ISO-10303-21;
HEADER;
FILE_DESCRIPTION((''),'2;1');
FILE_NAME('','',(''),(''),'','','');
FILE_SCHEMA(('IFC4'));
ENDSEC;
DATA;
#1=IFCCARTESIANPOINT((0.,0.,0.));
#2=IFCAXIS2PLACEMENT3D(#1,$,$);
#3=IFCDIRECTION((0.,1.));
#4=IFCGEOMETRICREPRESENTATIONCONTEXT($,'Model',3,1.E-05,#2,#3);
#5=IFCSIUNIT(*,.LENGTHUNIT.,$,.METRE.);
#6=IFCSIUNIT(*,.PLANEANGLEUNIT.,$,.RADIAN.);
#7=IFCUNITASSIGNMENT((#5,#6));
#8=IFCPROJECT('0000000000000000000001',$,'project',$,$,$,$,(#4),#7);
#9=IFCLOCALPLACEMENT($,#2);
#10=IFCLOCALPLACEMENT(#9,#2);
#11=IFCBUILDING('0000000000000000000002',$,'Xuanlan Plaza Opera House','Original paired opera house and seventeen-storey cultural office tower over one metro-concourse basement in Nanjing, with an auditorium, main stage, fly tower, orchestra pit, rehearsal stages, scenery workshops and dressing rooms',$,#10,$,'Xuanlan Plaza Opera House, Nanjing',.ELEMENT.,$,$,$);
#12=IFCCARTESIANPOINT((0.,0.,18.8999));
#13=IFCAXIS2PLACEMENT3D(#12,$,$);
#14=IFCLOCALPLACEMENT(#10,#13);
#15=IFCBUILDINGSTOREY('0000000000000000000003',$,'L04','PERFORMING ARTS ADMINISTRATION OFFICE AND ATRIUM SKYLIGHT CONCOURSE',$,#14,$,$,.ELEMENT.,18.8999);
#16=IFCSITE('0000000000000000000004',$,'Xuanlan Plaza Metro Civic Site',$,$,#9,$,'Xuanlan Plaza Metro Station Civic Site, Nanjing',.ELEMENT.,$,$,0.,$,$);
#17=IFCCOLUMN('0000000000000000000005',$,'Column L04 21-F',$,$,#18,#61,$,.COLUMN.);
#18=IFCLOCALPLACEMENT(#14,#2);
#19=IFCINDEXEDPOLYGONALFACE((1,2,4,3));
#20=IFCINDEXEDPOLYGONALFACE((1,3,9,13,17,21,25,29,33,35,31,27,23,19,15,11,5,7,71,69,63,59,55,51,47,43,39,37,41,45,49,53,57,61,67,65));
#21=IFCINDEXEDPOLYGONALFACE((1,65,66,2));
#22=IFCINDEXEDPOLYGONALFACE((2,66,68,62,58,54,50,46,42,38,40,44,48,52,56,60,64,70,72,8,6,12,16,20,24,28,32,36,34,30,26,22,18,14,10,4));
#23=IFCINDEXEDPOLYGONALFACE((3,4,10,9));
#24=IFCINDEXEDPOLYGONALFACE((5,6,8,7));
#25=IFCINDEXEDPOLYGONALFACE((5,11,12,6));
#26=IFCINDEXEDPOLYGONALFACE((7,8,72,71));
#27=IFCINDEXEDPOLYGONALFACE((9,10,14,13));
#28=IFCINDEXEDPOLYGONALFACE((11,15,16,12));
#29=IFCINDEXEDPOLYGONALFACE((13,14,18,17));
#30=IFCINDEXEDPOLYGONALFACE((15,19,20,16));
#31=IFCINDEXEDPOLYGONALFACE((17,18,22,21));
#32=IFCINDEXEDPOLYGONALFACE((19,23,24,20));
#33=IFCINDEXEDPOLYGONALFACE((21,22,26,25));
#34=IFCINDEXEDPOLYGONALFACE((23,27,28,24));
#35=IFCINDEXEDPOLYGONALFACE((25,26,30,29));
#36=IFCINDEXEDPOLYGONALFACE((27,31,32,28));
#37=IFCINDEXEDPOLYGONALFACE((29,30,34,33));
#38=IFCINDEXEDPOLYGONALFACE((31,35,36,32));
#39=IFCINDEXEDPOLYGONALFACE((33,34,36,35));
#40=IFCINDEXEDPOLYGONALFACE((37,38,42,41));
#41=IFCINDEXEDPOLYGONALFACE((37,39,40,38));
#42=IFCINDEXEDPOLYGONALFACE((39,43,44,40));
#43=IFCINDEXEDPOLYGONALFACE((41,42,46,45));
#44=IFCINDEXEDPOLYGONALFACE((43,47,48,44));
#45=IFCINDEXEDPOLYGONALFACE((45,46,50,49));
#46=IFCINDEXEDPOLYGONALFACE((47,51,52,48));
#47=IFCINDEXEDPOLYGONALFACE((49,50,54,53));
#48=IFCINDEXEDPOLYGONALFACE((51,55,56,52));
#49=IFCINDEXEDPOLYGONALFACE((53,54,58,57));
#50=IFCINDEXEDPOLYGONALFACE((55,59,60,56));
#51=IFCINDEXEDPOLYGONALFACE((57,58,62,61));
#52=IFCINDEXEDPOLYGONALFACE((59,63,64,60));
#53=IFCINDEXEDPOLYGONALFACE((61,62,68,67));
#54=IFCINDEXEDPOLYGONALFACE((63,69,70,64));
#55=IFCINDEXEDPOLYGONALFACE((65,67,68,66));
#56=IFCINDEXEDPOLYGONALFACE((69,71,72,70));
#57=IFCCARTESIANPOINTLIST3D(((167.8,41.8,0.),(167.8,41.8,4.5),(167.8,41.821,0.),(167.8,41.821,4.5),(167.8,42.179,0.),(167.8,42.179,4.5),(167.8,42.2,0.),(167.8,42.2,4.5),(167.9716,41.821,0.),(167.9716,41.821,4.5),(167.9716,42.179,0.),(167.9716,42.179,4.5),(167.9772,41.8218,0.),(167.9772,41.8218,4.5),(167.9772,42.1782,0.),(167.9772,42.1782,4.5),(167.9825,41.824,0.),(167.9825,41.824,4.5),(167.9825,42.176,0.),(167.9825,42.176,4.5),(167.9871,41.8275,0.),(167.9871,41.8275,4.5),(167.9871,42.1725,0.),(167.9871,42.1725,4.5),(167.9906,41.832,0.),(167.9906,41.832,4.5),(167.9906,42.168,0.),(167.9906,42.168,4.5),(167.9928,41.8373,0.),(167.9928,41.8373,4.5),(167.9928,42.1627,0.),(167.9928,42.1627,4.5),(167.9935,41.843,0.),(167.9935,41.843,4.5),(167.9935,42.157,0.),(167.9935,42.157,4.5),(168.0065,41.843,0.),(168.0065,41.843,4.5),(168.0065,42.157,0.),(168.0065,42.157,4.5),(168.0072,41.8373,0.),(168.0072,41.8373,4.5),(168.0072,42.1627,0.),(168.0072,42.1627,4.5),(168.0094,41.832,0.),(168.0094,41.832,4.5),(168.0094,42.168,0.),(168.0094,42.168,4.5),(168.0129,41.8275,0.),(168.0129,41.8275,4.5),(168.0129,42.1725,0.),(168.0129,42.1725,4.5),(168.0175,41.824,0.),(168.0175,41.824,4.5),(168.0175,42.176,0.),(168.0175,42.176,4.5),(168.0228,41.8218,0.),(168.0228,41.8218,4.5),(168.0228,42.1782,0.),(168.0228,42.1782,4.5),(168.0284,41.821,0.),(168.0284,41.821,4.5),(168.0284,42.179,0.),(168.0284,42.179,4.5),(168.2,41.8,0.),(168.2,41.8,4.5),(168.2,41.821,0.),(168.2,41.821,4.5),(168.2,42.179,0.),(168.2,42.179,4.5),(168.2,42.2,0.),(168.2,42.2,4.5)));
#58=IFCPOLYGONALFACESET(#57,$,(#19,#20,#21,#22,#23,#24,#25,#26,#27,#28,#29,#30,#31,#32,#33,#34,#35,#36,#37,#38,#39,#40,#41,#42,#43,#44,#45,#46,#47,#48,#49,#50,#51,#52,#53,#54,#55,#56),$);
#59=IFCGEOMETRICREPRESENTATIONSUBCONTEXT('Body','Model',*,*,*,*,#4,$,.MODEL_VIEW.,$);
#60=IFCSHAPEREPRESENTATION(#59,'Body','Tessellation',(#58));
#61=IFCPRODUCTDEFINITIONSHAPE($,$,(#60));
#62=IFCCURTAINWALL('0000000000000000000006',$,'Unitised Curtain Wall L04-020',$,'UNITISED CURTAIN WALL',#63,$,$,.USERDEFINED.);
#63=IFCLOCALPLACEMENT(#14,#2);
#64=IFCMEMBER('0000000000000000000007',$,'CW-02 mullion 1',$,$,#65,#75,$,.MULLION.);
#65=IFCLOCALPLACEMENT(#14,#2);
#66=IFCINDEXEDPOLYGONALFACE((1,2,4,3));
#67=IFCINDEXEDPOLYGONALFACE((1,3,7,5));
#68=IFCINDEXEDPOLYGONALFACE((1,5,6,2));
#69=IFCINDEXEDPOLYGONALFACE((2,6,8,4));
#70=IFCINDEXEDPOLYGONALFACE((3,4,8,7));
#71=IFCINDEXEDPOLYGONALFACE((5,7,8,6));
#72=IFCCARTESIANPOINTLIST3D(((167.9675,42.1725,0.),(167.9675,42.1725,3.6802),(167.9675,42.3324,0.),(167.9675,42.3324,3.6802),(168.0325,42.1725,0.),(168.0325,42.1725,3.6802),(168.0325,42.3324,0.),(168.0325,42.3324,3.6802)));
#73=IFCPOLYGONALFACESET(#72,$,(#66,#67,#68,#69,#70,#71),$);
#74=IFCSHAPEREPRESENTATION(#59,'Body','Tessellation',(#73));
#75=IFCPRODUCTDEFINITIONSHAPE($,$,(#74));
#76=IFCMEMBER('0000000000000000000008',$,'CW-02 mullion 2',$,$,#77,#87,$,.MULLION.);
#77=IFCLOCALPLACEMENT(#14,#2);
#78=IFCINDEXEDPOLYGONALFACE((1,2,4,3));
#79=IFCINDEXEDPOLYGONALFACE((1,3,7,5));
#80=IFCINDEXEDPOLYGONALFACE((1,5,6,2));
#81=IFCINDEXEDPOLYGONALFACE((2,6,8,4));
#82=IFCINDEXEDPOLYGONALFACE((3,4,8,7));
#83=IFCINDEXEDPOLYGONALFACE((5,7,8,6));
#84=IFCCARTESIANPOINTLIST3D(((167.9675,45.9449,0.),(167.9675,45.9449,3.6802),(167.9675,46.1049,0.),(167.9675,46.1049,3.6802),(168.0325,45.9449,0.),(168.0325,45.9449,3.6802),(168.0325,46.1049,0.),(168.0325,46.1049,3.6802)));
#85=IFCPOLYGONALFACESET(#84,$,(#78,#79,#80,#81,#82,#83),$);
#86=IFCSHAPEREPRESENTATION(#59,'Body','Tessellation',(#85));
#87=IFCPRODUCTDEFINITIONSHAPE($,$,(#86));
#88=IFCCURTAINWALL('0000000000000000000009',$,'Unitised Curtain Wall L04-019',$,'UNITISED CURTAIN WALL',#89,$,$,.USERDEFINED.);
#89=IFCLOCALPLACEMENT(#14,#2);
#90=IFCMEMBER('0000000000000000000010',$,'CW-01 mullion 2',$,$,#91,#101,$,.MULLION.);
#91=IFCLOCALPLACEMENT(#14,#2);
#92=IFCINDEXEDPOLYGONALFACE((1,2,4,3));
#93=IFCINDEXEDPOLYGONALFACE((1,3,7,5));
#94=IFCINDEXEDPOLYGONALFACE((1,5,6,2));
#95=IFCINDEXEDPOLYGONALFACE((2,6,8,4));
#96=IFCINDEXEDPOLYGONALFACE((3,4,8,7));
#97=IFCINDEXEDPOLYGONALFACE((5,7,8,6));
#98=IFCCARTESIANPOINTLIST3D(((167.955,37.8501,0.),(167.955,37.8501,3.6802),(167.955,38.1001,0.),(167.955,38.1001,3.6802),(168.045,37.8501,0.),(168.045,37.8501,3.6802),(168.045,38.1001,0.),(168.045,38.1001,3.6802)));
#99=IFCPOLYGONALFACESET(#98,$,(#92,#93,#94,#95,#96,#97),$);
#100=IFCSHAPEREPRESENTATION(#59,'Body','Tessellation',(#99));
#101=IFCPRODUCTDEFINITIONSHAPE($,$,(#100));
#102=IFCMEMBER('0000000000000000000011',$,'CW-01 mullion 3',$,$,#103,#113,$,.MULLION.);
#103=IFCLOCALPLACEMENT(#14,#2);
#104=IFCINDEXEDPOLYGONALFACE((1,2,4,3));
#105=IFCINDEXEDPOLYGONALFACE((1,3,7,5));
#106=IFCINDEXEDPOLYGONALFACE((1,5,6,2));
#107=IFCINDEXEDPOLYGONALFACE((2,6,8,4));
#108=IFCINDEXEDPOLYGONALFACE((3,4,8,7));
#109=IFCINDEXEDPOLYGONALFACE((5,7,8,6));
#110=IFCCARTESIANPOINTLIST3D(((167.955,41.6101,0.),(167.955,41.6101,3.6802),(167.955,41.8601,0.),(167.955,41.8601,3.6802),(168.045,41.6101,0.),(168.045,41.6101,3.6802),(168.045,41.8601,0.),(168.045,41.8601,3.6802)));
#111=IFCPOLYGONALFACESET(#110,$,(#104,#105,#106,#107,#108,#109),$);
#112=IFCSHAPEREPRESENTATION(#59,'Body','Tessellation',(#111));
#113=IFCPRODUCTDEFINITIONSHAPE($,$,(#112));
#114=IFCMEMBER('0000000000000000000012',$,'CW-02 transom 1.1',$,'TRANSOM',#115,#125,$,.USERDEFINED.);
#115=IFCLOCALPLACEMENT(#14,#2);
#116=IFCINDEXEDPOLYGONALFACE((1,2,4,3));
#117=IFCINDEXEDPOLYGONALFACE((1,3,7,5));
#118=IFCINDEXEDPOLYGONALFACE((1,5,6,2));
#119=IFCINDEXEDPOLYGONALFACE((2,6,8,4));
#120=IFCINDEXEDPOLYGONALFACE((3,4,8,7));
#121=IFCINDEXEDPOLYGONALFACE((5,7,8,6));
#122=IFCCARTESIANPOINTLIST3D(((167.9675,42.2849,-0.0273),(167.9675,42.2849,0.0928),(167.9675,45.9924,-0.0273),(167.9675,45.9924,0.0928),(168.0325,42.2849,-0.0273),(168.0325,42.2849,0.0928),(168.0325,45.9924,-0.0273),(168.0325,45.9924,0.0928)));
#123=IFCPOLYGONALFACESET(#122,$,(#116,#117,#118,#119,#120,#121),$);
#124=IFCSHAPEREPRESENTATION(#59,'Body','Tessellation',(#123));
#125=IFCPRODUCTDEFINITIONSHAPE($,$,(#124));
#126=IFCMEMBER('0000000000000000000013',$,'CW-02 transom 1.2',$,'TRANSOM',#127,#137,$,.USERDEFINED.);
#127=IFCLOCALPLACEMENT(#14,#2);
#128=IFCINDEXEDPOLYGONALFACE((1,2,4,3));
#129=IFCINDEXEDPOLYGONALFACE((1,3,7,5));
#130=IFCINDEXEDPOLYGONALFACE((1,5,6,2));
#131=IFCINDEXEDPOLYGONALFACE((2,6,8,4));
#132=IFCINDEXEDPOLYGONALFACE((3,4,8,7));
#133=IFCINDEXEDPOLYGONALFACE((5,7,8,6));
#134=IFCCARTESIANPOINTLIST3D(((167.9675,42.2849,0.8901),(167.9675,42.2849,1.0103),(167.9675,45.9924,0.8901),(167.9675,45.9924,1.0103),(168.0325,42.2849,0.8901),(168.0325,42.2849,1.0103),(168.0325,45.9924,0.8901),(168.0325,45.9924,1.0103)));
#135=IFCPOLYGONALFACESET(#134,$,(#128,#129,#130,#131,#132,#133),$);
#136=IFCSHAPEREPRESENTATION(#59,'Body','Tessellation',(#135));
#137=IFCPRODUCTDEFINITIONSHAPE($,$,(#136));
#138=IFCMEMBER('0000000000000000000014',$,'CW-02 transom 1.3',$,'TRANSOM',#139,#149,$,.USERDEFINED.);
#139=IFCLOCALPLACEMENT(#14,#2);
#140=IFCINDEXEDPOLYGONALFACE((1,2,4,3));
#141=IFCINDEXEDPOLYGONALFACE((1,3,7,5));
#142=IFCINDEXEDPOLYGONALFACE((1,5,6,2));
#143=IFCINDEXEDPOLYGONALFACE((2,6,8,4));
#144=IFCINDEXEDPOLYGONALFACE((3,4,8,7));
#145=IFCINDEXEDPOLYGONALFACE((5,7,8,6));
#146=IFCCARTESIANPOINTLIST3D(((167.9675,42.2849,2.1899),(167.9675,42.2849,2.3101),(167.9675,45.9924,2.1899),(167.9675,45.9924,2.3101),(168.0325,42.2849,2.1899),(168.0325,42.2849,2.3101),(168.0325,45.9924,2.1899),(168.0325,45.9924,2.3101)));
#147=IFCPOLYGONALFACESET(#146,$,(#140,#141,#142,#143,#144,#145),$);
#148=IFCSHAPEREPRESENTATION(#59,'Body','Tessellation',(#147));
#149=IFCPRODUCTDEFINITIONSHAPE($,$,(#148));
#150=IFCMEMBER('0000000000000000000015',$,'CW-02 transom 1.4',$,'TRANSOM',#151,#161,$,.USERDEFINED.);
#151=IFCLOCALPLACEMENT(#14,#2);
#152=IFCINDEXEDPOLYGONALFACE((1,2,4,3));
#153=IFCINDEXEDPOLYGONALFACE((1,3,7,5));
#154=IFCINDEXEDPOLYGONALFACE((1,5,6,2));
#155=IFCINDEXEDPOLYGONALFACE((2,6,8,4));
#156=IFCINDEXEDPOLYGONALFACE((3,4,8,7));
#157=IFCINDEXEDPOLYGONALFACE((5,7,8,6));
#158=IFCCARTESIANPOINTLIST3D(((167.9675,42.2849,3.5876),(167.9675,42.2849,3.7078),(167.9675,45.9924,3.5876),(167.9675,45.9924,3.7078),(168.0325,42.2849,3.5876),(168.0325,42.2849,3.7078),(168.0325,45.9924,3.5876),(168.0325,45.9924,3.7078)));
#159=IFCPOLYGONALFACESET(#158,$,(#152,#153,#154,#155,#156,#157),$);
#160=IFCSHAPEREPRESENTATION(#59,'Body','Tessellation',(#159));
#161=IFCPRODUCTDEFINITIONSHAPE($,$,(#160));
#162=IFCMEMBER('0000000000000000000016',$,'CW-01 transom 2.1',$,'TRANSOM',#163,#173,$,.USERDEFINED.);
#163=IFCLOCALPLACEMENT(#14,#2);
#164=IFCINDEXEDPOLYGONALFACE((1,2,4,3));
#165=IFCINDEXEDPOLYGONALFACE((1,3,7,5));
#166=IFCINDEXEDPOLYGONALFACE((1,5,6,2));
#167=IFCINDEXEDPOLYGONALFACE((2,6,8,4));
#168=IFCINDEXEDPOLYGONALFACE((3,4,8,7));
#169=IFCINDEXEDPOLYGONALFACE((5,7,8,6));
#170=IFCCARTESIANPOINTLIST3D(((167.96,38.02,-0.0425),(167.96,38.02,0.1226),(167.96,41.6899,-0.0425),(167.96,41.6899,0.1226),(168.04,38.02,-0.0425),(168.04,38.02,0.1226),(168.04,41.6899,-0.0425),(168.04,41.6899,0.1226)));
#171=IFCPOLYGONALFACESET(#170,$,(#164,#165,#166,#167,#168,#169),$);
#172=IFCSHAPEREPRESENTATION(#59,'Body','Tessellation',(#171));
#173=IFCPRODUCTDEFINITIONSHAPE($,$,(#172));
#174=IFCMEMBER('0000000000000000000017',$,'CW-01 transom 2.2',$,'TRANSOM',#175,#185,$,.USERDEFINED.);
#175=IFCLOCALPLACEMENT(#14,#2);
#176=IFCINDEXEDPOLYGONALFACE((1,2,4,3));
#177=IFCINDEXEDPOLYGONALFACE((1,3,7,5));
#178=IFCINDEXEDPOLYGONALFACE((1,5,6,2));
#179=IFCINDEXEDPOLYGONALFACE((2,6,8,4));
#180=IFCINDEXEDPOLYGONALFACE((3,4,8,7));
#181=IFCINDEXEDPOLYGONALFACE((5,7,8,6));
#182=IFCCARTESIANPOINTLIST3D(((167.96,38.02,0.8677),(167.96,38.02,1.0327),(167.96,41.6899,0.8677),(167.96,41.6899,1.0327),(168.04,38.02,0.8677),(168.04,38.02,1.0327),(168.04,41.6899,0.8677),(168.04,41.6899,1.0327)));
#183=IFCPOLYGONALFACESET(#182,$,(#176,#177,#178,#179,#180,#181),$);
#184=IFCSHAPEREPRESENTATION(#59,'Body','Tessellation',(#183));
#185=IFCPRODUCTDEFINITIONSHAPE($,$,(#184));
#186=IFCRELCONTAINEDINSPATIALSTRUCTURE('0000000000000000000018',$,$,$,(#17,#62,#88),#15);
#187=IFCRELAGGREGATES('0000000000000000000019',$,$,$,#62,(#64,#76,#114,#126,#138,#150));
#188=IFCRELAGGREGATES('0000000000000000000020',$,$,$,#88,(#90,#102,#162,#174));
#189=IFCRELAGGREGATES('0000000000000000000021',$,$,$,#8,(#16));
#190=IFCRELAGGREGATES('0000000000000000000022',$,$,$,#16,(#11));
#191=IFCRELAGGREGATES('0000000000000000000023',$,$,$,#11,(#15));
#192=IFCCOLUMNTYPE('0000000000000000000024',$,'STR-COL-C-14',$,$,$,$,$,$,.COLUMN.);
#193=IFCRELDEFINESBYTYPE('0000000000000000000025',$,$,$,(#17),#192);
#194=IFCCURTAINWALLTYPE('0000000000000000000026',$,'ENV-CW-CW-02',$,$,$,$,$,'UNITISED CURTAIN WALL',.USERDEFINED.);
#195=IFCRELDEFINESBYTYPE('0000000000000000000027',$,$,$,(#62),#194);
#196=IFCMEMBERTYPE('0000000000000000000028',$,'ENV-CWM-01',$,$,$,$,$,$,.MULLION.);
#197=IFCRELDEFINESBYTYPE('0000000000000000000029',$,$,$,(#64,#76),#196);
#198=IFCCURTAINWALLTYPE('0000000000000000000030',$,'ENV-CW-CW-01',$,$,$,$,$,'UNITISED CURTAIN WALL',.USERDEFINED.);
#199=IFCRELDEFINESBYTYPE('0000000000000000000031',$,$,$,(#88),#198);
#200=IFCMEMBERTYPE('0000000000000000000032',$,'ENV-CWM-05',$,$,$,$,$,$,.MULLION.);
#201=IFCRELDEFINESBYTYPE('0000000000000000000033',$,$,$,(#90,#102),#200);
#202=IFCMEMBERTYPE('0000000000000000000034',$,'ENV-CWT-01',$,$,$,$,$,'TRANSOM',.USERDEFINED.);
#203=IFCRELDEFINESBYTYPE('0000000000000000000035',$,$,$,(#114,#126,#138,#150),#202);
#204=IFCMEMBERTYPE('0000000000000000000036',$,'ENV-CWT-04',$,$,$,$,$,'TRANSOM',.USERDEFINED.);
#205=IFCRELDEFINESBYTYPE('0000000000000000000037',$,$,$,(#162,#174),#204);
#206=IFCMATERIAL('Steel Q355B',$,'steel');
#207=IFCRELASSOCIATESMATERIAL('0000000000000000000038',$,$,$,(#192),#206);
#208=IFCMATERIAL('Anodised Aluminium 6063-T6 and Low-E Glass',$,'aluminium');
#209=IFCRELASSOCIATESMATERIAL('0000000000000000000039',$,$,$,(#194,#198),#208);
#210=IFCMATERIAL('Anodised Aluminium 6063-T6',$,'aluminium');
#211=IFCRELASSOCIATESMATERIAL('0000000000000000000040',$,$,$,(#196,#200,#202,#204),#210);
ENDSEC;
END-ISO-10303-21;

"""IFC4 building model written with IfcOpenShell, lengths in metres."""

from ifc_helpers import new_model, si_unit, direction, frame, origin, origin_2d, place, context, subcontext, project, spatial, rectangle, i_section, extrude, material, material_profile, profile_set, type_object, element, aggregate, save


model = new_model("IFC4")

# Units and contexts
model_context = context("Model", 3, precision=1e-05, world=origin(), true_north=direction((0.0, 1.0)))
body_context = subcontext(model_context, "Body", "Model", "MODEL_VIEW")
ifc_project = project(units=[si_unit("LENGTHUNIT", "METRE"), si_unit("PLANEANGLEUNIT", "RADIAN")], contexts=[model_context])

# Site, building, storey
site_placement = place(None, origin())
site = spatial("IfcSite", under=ifc_project, at=site_placement, Name="Xuanlan Plaza Metro Civic Site", LongName="Xuanlan Plaza Metro Station Civic Site, Nanjing", CompositionType="ELEMENT", RefElevation=0.0)
building_placement = place(site_placement, origin())
building = spatial("IfcBuilding", under=site, at=building_placement, Name="Xuanlan Plaza Opera House", Description="Original paired opera house and seventeen-storey cultural office tower over one metro-concourse basement in Nanjing, with an auditorium, main stage, fly tower, orchestra pit, rehearsal stages, scenery workshops and dressing rooms", LongName="Xuanlan Plaza Opera House, Nanjing", CompositionType="ELEMENT")
storey_placement = place(building_placement, frame((0.0, 0.0, 18.8999)))
storey = spatial("IfcBuildingStorey", under=building, at=storey_placement, Name="L04", Description="PERFORMING ARTS ADMINISTRATION OFFICE AND ATRIUM SKYLIGHT CONCOURSE", CompositionType="ELEMENT", Elevation=18.8999)

# Column
ifc_material_1 = material(Name="Steel Q355B", Category="steel")
ifc_material_profile_1 = material_profile(ifc_material_1, i_section(OverallWidth=0.3999, OverallDepth=0.3999, WebThickness=0.0129, FlangeThickness=0.021, FilletRadius=0.022, at=origin_2d()), Name="HW 400x400x13x21")
ifc_profile_set_1 = profile_set([ifc_material_profile_1], Name="Steel Q355B")
column_type = type_object("IfcColumnType", Name="STR-COL-C-14", PredefinedType="COLUMN", material=ifc_profile_set_1)
column_placement = place(storey_placement, frame((168.0, 42.0, 0.0), z_axis=(0.0, 0.0, 1.0), x_axis=(1.0, 0.0, 0.0)))
element("IfcColumn", 1, at=column_placement, inside=storey, type_object=column_type, Name="Column L04 21-F", PredefinedType="COLUMN", context=body_context, shape_type="SweptSolid", body=[
    extrude(i_section(OverallWidth=0.3999, OverallDepth=0.3999, WebThickness=0.0129, FlangeThickness=0.021, FilletRadius=0.022, at=origin_2d()), origin(), (0.0, 0.0, 1.0), 4.5),
])

# Curtain walls, members
ifc_material_2 = material(Name="Anodised Aluminium 6063-T6 and Low-E Glass", Category="aluminium")
curtain_wall_type_1 = type_object("IfcCurtainWallType", Name="ENV-CW-CW-02", ElementType="UNITISED CURTAIN WALL", PredefinedType="USERDEFINED", material=ifc_material_2)
curtain_wall_1_placement = place(storey_placement, origin())
curtain_wall_1 = element("IfcCurtainWall", 2, at=curtain_wall_1_placement, inside=storey, type_object=curtain_wall_type_1, Name="Unitised Curtain Wall L04-020", ObjectType="UNITISED CURTAIN WALL", PredefinedType="USERDEFINED")
ifc_material_3 = material(Name="Anodised Aluminium 6063-T6", Category="aluminium")
ifc_material_profile_2 = material_profile(ifc_material_3, rectangle(XDim=0.0649, YDim=0.1599, at=origin_2d()), Name="ALU-M 65x160")
ifc_profile_set_2 = profile_set([ifc_material_profile_2], Name="Anodised Aluminium 6063-T6")
member_type_1 = type_object("IfcMemberType", Name="ENV-CWM-01", PredefinedType="MULLION", material=ifc_profile_set_2)
member_1_placement = place(storey_placement, frame((168.0, 42.2524, 0.0), z_axis=(0.0, 0.0, 1.0), x_axis=(-1.0, 0.0, 0.0)))
member_1 = element("IfcMember", 3, at=member_1_placement, type_object=member_type_1, Name="CW-02 mullion 1", PredefinedType="MULLION", context=body_context, shape_type="SweptSolid", body=[
    extrude(rectangle(XDim=0.0649, YDim=0.1599, at=origin_2d()), origin(), (0.0, 0.0, 1.0), 3.6802),
])
member_2_placement = place(storey_placement, frame((168.0, 46.0249, 0.0), z_axis=(0.0, 0.0, 1.0), x_axis=(-1.0, 0.0, 0.0)))
member_2 = element("IfcMember", 4, at=member_2_placement, type_object=member_type_1, Name="CW-02 mullion 2", PredefinedType="MULLION", context=body_context, shape_type="SweptSolid", body=[
    extrude(rectangle(XDim=0.0649, YDim=0.1599, at=origin_2d()), origin(), (0.0, 0.0, 1.0), 3.6802),
])
curtain_wall_type_2 = type_object("IfcCurtainWallType", Name="ENV-CW-CW-01", ElementType="UNITISED CURTAIN WALL", PredefinedType="USERDEFINED", material=ifc_material_2)
curtain_wall_2_placement = place(storey_placement, origin())
curtain_wall_2 = element("IfcCurtainWall", 5, at=curtain_wall_2_placement, inside=storey, type_object=curtain_wall_type_2, Name="Unitised Curtain Wall L04-019", ObjectType="UNITISED CURTAIN WALL", PredefinedType="USERDEFINED")
ifc_material_profile_3 = material_profile(ifc_material_3, rectangle(XDim=0.0901, YDim=0.25, at=origin_2d()), Name="ALU-M 90x250")
ifc_profile_set_3 = profile_set([ifc_material_profile_3], Name="Anodised Aluminium 6063-T6")
member_type_2 = type_object("IfcMemberType", Name="ENV-CWM-05", PredefinedType="MULLION", material=ifc_profile_set_3)
member_3_placement = place(storey_placement, frame((168.0, 37.9751, 0.0), z_axis=(0.0, 0.0, 1.0), x_axis=(-1.0, 0.0, 0.0)))
member_3 = element("IfcMember", 6, at=member_3_placement, type_object=member_type_2, Name="CW-01 mullion 2", PredefinedType="MULLION", context=body_context, shape_type="SweptSolid", body=[
    extrude(rectangle(XDim=0.0901, YDim=0.25, at=origin_2d()), origin(), (0.0, 0.0, 1.0), 3.6802),
])
member_4_placement = place(storey_placement, frame((168.0, 41.7351, 0.0), z_axis=(0.0, 0.0, 1.0), x_axis=(-1.0, 0.0, 0.0)))
member_4 = element("IfcMember", 7, at=member_4_placement, type_object=member_type_2, Name="CW-01 mullion 3", PredefinedType="MULLION", context=body_context, shape_type="SweptSolid", body=[
    extrude(rectangle(XDim=0.0901, YDim=0.25, at=origin_2d()), origin(), (0.0, 0.0, 1.0), 3.6802),
])

# Members
ifc_material_profile_4 = material_profile(ifc_material_3, rectangle(XDim=0.0649, YDim=0.1201, at=origin_2d()), Name="ALU-T 65x120")
ifc_profile_set_4 = profile_set([ifc_material_profile_4], Name="Anodised Aluminium 6063-T6")
member_type_3 = type_object("IfcMemberType", Name="ENV-CWT-01", ElementType="TRANSOM", PredefinedType="USERDEFINED", material=ifc_profile_set_4)
member_5_placement = place(storey_placement, frame((168.0, 42.2849, 0.0327), z_axis=(0.0, 1.0, 0.0), x_axis=(-1.0, 0.0, 0.0)))
member_5 = element("IfcMember", 8, at=member_5_placement, type_object=member_type_3, Name="CW-02 transom 1.1", ObjectType="TRANSOM", PredefinedType="USERDEFINED", context=body_context, shape_type="SweptSolid", body=[
    extrude(rectangle(XDim=0.0649, YDim=0.1201, at=origin_2d()), origin(), (0.0, 0.0, 1.0), 3.7075),
])
member_6_placement = place(storey_placement, frame((168.0, 42.2849, 0.9502), z_axis=(0.0, 1.0, 0.0), x_axis=(-1.0, 0.0, 0.0)))
member_6 = element("IfcMember", 9, at=member_6_placement, type_object=member_type_3, Name="CW-02 transom 1.2", ObjectType="TRANSOM", PredefinedType="USERDEFINED", context=body_context, shape_type="SweptSolid", body=[
    extrude(rectangle(XDim=0.0649, YDim=0.1201, at=origin_2d()), origin(), (0.0, 0.0, 1.0), 3.7075),
])
member_7_placement = place(storey_placement, frame((168.0, 42.2849, 2.25), z_axis=(0.0, 1.0, 0.0), x_axis=(-1.0, 0.0, 0.0)))
member_7 = element("IfcMember", 10, at=member_7_placement, type_object=member_type_3, Name="CW-02 transom 1.3", ObjectType="TRANSOM", PredefinedType="USERDEFINED", context=body_context, shape_type="SweptSolid", body=[
    extrude(rectangle(XDim=0.0649, YDim=0.1201, at=origin_2d()), origin(), (0.0, 0.0, 1.0), 3.7075),
])
member_8_placement = place(storey_placement, frame((168.0, 42.2849, 3.6477), z_axis=(0.0, 1.0, 0.0), x_axis=(-1.0, 0.0, 0.0)))
member_8 = element("IfcMember", 11, at=member_8_placement, type_object=member_type_3, Name="CW-02 transom 1.4", ObjectType="TRANSOM", PredefinedType="USERDEFINED", context=body_context, shape_type="SweptSolid", body=[
    extrude(rectangle(XDim=0.0649, YDim=0.1201, at=origin_2d()), origin(), (0.0, 0.0, 1.0), 3.7075),
])
ifc_material_profile_5 = material_profile(ifc_material_3, rectangle(XDim=0.0801, YDim=0.165, at=origin_2d()), Name="ALU-T 80x165")
ifc_profile_set_5 = profile_set([ifc_material_profile_5], Name="Anodised Aluminium 6063-T6")
member_type_4 = type_object("IfcMemberType", Name="ENV-CWT-04", ElementType="TRANSOM", PredefinedType="USERDEFINED", material=ifc_profile_set_5)
member_9_placement = place(storey_placement, frame((168.0, 38.02, 0.04), z_axis=(0.0, 1.0, 0.0), x_axis=(-1.0, 0.0, 0.0)))
member_9 = element("IfcMember", 12, at=member_9_placement, type_object=member_type_4, Name="CW-01 transom 2.1", ObjectType="TRANSOM", PredefinedType="USERDEFINED", context=body_context, shape_type="SweptSolid", body=[
    extrude(rectangle(XDim=0.0801, YDim=0.165, at=origin_2d()), origin(), (0.0, 0.0, 1.0), 3.6699),
])
member_10_placement = place(storey_placement, frame((168.0, 38.02, 0.9502), z_axis=(0.0, 1.0, 0.0), x_axis=(-1.0, 0.0, 0.0)))
member_10 = element("IfcMember", 13, at=member_10_placement, type_object=member_type_4, Name="CW-01 transom 2.2", ObjectType="TRANSOM", PredefinedType="USERDEFINED", context=body_context, shape_type="SweptSolid", body=[
    extrude(rectangle(XDim=0.0801, YDim=0.165, at=origin_2d()), origin(), (0.0, 0.0, 1.0), 3.6699),
])

aggregate(curtain_wall_1, [member_1, member_2, member_5, member_6, member_7, member_8])
aggregate(curtain_wall_2, [member_3, member_4, member_9, member_10])

save(model, "model.ifc")
